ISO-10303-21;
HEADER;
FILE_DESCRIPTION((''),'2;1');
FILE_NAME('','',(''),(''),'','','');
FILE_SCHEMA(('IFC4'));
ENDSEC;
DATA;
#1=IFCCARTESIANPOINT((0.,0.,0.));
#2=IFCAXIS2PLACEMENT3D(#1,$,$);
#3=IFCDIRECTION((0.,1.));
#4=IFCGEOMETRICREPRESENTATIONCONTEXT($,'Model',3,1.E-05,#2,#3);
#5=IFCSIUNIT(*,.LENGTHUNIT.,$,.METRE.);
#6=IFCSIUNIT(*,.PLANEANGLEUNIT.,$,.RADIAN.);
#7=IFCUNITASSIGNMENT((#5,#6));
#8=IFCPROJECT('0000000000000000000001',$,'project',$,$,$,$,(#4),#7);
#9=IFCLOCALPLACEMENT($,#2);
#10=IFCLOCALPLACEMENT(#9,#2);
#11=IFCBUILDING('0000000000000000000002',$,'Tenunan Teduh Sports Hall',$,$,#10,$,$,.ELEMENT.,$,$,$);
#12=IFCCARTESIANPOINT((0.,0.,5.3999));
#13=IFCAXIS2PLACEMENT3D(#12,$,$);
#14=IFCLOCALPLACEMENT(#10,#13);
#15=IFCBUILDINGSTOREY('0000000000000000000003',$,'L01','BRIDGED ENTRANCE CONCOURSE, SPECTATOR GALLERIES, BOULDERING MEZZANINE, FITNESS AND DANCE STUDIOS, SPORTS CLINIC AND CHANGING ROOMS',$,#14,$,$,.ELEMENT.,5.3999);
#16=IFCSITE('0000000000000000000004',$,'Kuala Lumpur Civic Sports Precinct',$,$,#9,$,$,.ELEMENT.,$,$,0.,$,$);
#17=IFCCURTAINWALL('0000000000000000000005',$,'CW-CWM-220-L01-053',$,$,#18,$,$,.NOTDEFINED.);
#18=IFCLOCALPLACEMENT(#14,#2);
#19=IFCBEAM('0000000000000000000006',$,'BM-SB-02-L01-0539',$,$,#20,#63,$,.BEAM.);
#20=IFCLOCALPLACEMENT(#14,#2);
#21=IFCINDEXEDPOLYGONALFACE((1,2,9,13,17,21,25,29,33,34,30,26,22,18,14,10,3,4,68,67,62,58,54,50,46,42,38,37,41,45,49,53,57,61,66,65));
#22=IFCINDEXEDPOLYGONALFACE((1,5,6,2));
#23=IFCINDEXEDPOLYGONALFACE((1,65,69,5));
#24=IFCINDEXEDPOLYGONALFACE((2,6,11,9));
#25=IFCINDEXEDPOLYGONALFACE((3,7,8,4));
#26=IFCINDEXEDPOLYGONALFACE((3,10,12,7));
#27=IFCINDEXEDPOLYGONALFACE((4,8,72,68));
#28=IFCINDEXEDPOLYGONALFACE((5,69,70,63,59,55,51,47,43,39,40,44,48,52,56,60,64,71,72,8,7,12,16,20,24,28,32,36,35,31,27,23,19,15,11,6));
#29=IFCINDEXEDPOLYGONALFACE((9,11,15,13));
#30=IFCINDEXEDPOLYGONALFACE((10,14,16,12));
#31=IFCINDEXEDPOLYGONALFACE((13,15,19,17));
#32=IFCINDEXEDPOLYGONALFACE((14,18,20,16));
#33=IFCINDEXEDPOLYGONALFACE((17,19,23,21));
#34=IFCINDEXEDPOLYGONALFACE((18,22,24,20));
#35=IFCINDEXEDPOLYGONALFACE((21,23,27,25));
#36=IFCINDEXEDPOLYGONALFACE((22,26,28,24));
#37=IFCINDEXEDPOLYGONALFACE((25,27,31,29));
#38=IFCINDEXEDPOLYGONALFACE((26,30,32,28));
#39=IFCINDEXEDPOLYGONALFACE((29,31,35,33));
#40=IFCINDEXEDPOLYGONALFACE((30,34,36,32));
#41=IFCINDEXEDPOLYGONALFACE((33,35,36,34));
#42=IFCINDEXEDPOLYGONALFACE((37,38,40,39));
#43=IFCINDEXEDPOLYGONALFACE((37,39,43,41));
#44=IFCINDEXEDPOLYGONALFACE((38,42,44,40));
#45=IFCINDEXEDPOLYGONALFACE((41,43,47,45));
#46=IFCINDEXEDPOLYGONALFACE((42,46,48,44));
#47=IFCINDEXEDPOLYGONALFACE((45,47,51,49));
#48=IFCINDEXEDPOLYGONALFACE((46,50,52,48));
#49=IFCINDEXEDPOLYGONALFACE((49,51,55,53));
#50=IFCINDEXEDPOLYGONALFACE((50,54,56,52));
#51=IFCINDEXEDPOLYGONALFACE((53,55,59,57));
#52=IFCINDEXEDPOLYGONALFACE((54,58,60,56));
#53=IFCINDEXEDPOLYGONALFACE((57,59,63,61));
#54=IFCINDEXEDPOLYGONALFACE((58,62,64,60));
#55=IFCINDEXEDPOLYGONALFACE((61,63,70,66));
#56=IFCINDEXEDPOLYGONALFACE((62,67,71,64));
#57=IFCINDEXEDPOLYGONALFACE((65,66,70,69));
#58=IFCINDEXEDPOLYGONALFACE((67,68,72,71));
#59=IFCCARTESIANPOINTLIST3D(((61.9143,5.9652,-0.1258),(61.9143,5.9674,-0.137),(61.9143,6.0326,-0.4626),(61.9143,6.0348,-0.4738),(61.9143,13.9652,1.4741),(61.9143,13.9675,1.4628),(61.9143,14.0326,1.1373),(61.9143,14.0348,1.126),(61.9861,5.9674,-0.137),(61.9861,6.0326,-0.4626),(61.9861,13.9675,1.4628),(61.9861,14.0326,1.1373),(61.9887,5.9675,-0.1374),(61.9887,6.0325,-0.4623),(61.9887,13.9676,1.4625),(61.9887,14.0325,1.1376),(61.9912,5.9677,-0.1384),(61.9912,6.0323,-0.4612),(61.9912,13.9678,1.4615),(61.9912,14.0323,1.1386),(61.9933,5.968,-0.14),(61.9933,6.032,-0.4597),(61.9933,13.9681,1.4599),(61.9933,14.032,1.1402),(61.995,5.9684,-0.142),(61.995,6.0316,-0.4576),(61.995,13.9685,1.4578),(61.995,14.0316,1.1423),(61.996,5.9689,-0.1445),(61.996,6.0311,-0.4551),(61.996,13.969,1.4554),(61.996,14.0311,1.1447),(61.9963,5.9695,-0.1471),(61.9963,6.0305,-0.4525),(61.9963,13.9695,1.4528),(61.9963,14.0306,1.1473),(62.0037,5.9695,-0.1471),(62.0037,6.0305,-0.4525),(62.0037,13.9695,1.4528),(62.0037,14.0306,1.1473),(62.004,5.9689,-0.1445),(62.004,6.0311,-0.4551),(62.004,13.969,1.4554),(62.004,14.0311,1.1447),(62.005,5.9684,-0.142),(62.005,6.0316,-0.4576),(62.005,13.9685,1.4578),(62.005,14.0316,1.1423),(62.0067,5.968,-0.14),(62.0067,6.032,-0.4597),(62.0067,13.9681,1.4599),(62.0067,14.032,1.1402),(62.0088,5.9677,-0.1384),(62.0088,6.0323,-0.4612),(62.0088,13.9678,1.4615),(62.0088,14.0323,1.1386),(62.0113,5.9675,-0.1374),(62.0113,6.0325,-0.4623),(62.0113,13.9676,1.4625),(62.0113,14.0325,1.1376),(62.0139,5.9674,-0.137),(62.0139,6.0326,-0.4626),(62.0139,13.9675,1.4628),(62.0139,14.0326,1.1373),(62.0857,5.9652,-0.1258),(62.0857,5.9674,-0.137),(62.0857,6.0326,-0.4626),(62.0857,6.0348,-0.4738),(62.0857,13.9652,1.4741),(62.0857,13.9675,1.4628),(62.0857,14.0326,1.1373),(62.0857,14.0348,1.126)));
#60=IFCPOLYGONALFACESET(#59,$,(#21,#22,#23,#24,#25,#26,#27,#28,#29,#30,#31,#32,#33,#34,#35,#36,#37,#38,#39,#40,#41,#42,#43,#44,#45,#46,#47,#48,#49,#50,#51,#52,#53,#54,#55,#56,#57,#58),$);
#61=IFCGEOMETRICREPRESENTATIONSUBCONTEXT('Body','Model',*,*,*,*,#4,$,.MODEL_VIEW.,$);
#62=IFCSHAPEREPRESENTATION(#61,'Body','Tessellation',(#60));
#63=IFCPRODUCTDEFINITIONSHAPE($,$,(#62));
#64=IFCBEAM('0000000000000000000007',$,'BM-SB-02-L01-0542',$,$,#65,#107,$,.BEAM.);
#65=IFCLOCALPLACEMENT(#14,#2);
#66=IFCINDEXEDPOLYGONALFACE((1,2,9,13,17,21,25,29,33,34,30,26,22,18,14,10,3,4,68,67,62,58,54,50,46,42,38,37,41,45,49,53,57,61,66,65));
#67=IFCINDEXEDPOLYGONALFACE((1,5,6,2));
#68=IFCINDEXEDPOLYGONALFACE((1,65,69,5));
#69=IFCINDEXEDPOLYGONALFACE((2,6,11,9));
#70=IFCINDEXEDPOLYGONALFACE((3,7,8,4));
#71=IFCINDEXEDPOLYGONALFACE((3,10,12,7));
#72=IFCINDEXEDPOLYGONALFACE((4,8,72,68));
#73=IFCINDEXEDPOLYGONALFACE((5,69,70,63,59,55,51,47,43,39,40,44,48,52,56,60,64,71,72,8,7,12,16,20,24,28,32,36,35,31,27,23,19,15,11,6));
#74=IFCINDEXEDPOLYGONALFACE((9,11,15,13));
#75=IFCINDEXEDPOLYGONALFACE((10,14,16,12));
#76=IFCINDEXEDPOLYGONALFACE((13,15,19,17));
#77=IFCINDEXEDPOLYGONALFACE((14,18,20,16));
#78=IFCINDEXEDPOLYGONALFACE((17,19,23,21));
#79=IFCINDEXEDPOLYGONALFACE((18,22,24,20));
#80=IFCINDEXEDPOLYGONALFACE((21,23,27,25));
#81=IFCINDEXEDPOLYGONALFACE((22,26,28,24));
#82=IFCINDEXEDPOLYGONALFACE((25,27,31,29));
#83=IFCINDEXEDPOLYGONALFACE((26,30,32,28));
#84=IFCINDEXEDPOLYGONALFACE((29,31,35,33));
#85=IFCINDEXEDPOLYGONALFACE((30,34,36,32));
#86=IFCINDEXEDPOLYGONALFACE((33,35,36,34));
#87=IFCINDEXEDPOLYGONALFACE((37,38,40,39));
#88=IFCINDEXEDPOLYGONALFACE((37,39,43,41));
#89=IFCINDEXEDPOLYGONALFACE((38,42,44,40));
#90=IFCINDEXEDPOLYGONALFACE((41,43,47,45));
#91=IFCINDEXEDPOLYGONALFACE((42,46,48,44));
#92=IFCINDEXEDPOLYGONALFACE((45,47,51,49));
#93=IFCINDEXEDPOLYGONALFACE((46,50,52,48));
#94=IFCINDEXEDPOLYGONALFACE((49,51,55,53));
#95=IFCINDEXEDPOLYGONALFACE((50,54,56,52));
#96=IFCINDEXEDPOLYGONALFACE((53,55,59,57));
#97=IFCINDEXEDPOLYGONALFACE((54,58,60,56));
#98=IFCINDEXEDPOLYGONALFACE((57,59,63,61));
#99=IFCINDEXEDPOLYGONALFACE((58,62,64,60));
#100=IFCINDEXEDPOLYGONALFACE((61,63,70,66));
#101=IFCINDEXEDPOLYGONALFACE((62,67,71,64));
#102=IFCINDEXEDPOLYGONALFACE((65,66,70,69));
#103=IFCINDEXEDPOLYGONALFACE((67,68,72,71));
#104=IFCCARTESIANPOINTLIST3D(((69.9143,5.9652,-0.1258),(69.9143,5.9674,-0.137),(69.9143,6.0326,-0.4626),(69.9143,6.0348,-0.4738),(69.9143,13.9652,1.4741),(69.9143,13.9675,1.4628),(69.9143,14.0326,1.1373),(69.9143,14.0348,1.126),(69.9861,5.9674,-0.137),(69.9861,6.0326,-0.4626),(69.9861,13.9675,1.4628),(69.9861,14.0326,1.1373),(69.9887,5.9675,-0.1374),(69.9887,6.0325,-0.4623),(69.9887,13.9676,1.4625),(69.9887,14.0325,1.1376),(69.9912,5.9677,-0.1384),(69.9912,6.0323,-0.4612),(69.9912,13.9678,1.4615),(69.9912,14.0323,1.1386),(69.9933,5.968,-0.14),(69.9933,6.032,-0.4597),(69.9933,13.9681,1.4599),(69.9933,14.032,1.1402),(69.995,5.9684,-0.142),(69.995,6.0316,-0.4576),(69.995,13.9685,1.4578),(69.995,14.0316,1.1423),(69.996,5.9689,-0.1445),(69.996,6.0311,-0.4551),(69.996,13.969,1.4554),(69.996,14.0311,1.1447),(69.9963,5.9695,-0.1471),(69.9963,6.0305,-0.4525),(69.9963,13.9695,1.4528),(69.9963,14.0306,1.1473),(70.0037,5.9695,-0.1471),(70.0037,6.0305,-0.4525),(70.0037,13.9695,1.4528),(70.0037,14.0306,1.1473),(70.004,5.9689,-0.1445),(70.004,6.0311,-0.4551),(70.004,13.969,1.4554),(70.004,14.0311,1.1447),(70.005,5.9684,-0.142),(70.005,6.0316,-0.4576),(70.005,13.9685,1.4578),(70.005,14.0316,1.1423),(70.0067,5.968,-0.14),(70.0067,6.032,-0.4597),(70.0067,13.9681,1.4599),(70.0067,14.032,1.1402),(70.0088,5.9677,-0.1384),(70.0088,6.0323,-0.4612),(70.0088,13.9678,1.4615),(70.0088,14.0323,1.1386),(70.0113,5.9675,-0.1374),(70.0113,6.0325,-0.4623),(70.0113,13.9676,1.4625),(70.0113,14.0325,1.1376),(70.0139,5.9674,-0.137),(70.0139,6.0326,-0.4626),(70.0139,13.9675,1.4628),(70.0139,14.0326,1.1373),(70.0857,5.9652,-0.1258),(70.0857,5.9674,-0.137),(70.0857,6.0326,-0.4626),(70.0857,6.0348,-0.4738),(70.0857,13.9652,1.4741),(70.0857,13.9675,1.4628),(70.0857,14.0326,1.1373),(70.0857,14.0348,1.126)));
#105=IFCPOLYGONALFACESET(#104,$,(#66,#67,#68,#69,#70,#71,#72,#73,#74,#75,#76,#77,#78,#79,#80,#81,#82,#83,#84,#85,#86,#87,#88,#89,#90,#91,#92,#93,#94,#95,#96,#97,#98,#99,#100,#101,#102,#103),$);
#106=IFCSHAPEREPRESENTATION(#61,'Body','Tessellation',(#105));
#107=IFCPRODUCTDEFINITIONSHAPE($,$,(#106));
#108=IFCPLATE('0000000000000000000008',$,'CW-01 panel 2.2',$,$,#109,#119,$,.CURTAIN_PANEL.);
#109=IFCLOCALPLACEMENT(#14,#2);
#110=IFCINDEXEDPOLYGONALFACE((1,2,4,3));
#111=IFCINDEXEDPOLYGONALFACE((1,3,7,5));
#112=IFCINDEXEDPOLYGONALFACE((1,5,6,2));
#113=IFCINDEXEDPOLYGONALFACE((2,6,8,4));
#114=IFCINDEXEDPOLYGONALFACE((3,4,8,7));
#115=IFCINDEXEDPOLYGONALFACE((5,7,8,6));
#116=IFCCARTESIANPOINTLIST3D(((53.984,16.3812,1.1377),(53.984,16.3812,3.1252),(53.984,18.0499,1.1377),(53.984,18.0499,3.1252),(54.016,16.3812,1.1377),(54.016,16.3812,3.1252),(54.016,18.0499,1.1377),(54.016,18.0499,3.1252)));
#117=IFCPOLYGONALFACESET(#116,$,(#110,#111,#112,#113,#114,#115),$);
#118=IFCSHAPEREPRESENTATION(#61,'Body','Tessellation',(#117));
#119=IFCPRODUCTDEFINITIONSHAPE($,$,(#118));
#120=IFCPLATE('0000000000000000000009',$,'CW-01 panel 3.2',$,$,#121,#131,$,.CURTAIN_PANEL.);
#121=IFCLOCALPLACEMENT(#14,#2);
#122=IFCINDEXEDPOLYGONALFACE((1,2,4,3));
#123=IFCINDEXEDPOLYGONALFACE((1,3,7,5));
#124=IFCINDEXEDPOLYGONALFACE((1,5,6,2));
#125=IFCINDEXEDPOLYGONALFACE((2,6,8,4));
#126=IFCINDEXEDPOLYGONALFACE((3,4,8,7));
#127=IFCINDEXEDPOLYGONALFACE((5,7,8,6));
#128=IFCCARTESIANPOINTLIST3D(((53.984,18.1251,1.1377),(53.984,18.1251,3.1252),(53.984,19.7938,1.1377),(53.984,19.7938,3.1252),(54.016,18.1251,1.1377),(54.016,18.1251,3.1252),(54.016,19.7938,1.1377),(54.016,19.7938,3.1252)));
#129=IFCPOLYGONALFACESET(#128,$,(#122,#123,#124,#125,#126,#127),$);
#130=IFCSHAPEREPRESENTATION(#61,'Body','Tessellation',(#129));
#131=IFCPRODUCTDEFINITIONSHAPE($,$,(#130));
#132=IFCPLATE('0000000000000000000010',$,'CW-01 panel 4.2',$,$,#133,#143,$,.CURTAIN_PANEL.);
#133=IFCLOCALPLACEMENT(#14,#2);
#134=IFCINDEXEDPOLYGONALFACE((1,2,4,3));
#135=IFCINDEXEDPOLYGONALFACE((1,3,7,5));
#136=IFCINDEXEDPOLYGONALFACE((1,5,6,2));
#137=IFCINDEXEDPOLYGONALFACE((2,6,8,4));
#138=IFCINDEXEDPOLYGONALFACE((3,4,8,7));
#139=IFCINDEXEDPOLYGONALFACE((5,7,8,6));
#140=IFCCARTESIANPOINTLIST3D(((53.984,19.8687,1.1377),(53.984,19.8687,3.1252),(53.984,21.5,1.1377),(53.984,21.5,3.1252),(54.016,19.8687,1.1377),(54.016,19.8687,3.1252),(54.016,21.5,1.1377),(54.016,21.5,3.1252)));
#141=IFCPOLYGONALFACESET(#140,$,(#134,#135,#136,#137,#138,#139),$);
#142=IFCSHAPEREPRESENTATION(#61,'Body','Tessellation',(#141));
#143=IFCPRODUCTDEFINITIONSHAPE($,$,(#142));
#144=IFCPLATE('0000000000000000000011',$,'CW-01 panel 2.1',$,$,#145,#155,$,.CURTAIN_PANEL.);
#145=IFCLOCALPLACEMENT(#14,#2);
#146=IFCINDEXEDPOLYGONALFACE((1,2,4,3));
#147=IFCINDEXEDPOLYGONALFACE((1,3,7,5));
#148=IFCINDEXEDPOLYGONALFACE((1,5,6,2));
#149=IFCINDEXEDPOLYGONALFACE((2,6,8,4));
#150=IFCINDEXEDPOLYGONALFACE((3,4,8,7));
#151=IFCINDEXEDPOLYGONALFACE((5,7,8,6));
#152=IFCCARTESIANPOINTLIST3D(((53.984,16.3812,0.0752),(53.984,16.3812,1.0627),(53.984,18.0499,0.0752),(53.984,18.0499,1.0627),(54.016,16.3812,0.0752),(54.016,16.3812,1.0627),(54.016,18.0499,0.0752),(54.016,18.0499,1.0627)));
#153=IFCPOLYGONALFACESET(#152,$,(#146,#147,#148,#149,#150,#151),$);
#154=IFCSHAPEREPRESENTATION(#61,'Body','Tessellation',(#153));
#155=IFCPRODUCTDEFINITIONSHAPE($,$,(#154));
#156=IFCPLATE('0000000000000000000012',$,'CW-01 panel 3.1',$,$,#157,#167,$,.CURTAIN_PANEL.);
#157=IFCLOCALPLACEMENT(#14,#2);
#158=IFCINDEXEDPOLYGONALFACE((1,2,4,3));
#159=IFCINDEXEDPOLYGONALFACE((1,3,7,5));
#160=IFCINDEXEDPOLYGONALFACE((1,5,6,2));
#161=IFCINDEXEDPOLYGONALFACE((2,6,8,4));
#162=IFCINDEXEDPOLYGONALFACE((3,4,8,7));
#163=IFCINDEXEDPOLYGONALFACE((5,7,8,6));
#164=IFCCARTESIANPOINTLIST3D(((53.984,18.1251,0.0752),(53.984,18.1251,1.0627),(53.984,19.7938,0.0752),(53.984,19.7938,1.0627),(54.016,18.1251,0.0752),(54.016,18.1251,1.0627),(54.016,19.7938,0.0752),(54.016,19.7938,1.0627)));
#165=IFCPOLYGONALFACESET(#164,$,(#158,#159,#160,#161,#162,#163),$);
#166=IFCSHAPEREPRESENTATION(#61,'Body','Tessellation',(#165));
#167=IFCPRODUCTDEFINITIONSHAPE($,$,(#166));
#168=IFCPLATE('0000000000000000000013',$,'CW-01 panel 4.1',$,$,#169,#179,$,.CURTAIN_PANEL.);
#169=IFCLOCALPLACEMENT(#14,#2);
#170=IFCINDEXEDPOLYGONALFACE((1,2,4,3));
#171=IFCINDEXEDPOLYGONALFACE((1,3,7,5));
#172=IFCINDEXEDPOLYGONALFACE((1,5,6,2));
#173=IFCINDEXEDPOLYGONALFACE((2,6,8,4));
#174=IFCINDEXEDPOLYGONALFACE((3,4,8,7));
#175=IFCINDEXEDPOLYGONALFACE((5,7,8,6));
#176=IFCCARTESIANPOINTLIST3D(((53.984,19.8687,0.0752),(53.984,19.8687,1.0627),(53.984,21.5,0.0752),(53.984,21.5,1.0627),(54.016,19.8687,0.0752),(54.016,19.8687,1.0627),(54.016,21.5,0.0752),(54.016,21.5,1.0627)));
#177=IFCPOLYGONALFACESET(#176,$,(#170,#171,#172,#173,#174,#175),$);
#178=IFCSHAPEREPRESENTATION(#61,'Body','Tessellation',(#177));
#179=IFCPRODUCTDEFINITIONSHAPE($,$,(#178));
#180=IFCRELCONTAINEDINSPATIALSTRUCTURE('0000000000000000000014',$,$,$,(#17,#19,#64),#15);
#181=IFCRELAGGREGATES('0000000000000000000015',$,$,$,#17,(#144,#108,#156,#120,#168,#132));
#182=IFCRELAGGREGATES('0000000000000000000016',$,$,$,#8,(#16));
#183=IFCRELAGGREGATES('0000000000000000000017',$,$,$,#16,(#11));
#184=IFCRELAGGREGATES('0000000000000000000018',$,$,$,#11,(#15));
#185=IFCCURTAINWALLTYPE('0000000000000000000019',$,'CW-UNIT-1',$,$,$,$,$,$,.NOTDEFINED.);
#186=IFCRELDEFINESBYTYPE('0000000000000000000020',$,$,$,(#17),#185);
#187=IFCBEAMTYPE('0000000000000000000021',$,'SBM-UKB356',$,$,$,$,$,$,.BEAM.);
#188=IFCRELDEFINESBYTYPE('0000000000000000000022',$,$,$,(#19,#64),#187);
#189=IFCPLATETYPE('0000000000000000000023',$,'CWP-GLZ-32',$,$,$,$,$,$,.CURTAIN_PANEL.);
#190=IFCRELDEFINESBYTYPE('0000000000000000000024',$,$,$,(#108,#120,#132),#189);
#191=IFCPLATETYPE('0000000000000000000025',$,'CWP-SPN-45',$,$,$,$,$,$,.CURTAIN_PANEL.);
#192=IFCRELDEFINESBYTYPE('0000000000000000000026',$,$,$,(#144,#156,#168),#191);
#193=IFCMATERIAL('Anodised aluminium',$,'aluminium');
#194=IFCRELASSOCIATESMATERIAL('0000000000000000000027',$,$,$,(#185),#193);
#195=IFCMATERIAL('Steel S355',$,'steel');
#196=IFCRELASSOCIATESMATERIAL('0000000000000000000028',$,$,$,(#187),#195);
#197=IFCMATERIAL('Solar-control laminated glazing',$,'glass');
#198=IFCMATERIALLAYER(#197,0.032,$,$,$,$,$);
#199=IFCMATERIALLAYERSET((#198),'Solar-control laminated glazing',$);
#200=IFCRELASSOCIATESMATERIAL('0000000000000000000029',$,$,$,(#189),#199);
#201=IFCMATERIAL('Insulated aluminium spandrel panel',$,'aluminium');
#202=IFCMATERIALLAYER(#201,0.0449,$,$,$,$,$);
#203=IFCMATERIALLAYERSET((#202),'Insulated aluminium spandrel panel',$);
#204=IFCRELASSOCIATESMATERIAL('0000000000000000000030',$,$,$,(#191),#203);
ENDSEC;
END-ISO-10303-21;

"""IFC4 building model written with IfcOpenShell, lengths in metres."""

from ifc_helpers import new_model, si_unit, direction, frame, origin, origin_2d, place, context, subcontext, project, spatial, rectangle, i_section, extrude, material, layer, layer_set, material_profile, profile_set, type_object, element, aggregate, save


model = new_model("IFC4")

# Units and contexts
model_context = context("Model", 3, precision=1e-05, world=origin(), true_north=direction((0.0, 1.0)))
body_context = subcontext(model_context, "Body", "Model", "MODEL_VIEW")
ifc_project = project(units=[si_unit("LENGTHUNIT", "METRE"), si_unit("PLANEANGLEUNIT", "RADIAN")], contexts=[model_context])

# Site, building, storey
site_placement = place(None, origin())
site = spatial("IfcSite", under=ifc_project, at=site_placement, Name="Kuala Lumpur Civic Sports Precinct", CompositionType="ELEMENT", RefElevation=0.0)
building_placement = place(site_placement, origin())
building = spatial("IfcBuilding", under=site, at=building_placement, Name="Tenunan Teduh Sports Hall", CompositionType="ELEMENT")
storey_placement = place(building_placement, frame((0.0, 0.0, 5.3999)))
storey = spatial("IfcBuildingStorey", under=building, at=storey_placement, Name="L01", Description="BRIDGED ENTRANCE CONCOURSE, SPECTATOR GALLERIES, BOULDERING MEZZANINE, FITNESS AND DANCE STUDIOS, SPORTS CLINIC AND CHANGING ROOMS", CompositionType="ELEMENT", Elevation=5.3999)

# Curtain wall
ifc_material_1 = material(Name="Anodised aluminium", Category="aluminium")
curtain_wall_type = type_object("IfcCurtainWallType", Name="CW-UNIT-1", PredefinedType="NOTDEFINED", material=ifc_material_1)
curtain_wall_placement = place(storey_placement, origin())
curtain_wall = element("IfcCurtainWall", 1, at=curtain_wall_placement, inside=storey, type_object=curtain_wall_type, Name="CW-CWM-220-L01-053", PredefinedType="NOTDEFINED")

# Beams
ifc_material_2 = material(Name="Steel S355", Category="steel")
ifc_material_profile_1 = material_profile(ifc_material_2, i_section(OverallWidth=0.1714, OverallDepth=0.355, WebThickness=0.0073, FlangeThickness=0.0115, FilletRadius=0.0103, at=origin_2d()), Name="UKB 356x171x51")
ifc_profile_set_1 = profile_set([ifc_material_profile_1], Name="Steel S355")
beam_type_1 = type_object("IfcBeamType", Name="SBM-UKB356", PredefinedType="BEAM", material=ifc_profile_set_1)
for number, where, z_axis, x_axis, name in (
    (2, (62.0, 6.0, -0.2998), (0.0, 0.980584, 0.196099), (-1.0, 0.0, 0.0), "BM-SB-02-L01-0539"),
    (3, (70.0, 6.0, -0.2998), (0.0, 0.980584, 0.196099), (-1.0, 0.0, 0.0), "BM-SB-02-L01-0542"),
):
    element("IfcBeam", number, at=place(storey_placement, frame(where, z_axis=z_axis, x_axis=x_axis)), inside=storey, type_object=beam_type_1, Name=name, PredefinedType="BEAM", context=body_context, shape_type="SweptSolid", body=[
        extrude(i_section(OverallWidth=0.1714, OverallDepth=0.355, WebThickness=0.0073, FlangeThickness=0.0115, FilletRadius=0.0103, at=origin_2d()), origin(), (0.0, 0.0, 1.0), 8.1584),
    ])

# Plates
ifc_material_3 = material(Name="Solar-control laminated glazing", Category="glass")
ifc_layer_1 = layer(ifc_material_3, 0.032)
ifc_layer_set_1 = layer_set([ifc_layer_1], Name="Solar-control laminated glazing")
plate_type_1 = type_object("IfcPlateType", Name="CWP-GLZ-32", PredefinedType="CURTAIN_PANEL", material=ifc_layer_set_1)
plate_1_placement = place(storey_placement, frame((54.0, 17.2156, 1.1377), z_axis=(0.0, 0.0, 1.0), x_axis=(0.0, 1.0, 0.0)))
plate_1 = element("IfcPlate", 4, at=plate_1_placement, type_object=plate_type_1, Name="CW-01 panel 2.2", PredefinedType="CURTAIN_PANEL", context=body_context, shape_type="SweptSolid", body=[
    extrude(rectangle(XDim=1.6687, YDim=0.032, at=origin_2d()), origin(), (0.0, 0.0, 1.0), 1.9875),
])
plate_2_placement = place(storey_placement, frame((54.0, 18.9595, 1.1377), z_axis=(0.0, 0.0, 1.0), x_axis=(0.0, 1.0, 0.0)))
plate_2 = element("IfcPlate", 5, at=plate_2_placement, type_object=plate_type_1, Name="CW-01 panel 3.2", PredefinedType="CURTAIN_PANEL", context=body_context, shape_type="SweptSolid", body=[
    extrude(rectangle(XDim=1.6687, YDim=0.032, at=origin_2d()), origin(), (0.0, 0.0, 1.0), 1.9875),
])
plate_3_placement = place(storey_placement, frame((54.0, 20.6843, 1.1377), z_axis=(0.0, 0.0, 1.0), x_axis=(0.0, 1.0, 0.0)))
plate_3 = element("IfcPlate", 6, at=plate_3_placement, type_object=plate_type_1, Name="CW-01 panel 4.2", PredefinedType="CURTAIN_PANEL", context=body_context, shape_type="SweptSolid", body=[
    extrude(rectangle(XDim=1.6313, YDim=0.032, at=origin_2d()), origin(), (0.0, 0.0, 1.0), 1.9875),
])
ifc_material_4 = material(Name="Insulated aluminium spandrel panel", Category="aluminium")
ifc_layer_2 = layer(ifc_material_4, 0.0449)
ifc_layer_set_2 = layer_set([ifc_layer_2], Name="Insulated aluminium spandrel panel")
plate_type_2 = type_object("IfcPlateType", Name="CWP-SPN-45", PredefinedType="CURTAIN_PANEL", material=ifc_layer_set_2)
plate_4_placement = place(storey_placement, frame((54.0, 17.2156, 0.0752), z_axis=(0.0, 0.0, 1.0), x_axis=(0.0, 1.0, 0.0)))
plate_4 = element("IfcPlate", 7, at=plate_4_placement, type_object=plate_type_2, Name="CW-01 panel 2.1", PredefinedType="CURTAIN_PANEL", context=body_context, shape_type="SweptSolid", body=[
    extrude(rectangle(XDim=1.6687, YDim=0.032, at=origin_2d()), origin(), (0.0, 0.0, 1.0), 0.9875),
])
plate_5_placement = place(storey_placement, frame((54.0, 18.9595, 0.0752), z_axis=(0.0, 0.0, 1.0), x_axis=(0.0, 1.0, 0.0)))
plate_5 = element("IfcPlate", 8, at=plate_5_placement, type_object=plate_type_2, Name="CW-01 panel 3.1", PredefinedType="CURTAIN_PANEL", context=body_context, shape_type="SweptSolid", body=[
    extrude(rectangle(XDim=1.6687, YDim=0.032, at=origin_2d()), origin(), (0.0, 0.0, 1.0), 0.9875),
])
plate_6_placement = place(storey_placement, frame((54.0, 20.6843, 0.0752), z_axis=(0.0, 0.0, 1.0), x_axis=(0.0, 1.0, 0.0)))
plate_6 = element("IfcPlate", 9, at=plate_6_placement, type_object=plate_type_2, Name="CW-01 panel 4.1", PredefinedType="CURTAIN_PANEL", context=body_context, shape_type="SweptSolid", body=[
    extrude(rectangle(XDim=1.6313, YDim=0.032, at=origin_2d()), origin(), (0.0, 0.0, 1.0), 0.9875),
])
aggregate(curtain_wall, [plate_4, plate_1, plate_5, plate_2, plate_6, plate_3])

save(model, "model.ifc")
